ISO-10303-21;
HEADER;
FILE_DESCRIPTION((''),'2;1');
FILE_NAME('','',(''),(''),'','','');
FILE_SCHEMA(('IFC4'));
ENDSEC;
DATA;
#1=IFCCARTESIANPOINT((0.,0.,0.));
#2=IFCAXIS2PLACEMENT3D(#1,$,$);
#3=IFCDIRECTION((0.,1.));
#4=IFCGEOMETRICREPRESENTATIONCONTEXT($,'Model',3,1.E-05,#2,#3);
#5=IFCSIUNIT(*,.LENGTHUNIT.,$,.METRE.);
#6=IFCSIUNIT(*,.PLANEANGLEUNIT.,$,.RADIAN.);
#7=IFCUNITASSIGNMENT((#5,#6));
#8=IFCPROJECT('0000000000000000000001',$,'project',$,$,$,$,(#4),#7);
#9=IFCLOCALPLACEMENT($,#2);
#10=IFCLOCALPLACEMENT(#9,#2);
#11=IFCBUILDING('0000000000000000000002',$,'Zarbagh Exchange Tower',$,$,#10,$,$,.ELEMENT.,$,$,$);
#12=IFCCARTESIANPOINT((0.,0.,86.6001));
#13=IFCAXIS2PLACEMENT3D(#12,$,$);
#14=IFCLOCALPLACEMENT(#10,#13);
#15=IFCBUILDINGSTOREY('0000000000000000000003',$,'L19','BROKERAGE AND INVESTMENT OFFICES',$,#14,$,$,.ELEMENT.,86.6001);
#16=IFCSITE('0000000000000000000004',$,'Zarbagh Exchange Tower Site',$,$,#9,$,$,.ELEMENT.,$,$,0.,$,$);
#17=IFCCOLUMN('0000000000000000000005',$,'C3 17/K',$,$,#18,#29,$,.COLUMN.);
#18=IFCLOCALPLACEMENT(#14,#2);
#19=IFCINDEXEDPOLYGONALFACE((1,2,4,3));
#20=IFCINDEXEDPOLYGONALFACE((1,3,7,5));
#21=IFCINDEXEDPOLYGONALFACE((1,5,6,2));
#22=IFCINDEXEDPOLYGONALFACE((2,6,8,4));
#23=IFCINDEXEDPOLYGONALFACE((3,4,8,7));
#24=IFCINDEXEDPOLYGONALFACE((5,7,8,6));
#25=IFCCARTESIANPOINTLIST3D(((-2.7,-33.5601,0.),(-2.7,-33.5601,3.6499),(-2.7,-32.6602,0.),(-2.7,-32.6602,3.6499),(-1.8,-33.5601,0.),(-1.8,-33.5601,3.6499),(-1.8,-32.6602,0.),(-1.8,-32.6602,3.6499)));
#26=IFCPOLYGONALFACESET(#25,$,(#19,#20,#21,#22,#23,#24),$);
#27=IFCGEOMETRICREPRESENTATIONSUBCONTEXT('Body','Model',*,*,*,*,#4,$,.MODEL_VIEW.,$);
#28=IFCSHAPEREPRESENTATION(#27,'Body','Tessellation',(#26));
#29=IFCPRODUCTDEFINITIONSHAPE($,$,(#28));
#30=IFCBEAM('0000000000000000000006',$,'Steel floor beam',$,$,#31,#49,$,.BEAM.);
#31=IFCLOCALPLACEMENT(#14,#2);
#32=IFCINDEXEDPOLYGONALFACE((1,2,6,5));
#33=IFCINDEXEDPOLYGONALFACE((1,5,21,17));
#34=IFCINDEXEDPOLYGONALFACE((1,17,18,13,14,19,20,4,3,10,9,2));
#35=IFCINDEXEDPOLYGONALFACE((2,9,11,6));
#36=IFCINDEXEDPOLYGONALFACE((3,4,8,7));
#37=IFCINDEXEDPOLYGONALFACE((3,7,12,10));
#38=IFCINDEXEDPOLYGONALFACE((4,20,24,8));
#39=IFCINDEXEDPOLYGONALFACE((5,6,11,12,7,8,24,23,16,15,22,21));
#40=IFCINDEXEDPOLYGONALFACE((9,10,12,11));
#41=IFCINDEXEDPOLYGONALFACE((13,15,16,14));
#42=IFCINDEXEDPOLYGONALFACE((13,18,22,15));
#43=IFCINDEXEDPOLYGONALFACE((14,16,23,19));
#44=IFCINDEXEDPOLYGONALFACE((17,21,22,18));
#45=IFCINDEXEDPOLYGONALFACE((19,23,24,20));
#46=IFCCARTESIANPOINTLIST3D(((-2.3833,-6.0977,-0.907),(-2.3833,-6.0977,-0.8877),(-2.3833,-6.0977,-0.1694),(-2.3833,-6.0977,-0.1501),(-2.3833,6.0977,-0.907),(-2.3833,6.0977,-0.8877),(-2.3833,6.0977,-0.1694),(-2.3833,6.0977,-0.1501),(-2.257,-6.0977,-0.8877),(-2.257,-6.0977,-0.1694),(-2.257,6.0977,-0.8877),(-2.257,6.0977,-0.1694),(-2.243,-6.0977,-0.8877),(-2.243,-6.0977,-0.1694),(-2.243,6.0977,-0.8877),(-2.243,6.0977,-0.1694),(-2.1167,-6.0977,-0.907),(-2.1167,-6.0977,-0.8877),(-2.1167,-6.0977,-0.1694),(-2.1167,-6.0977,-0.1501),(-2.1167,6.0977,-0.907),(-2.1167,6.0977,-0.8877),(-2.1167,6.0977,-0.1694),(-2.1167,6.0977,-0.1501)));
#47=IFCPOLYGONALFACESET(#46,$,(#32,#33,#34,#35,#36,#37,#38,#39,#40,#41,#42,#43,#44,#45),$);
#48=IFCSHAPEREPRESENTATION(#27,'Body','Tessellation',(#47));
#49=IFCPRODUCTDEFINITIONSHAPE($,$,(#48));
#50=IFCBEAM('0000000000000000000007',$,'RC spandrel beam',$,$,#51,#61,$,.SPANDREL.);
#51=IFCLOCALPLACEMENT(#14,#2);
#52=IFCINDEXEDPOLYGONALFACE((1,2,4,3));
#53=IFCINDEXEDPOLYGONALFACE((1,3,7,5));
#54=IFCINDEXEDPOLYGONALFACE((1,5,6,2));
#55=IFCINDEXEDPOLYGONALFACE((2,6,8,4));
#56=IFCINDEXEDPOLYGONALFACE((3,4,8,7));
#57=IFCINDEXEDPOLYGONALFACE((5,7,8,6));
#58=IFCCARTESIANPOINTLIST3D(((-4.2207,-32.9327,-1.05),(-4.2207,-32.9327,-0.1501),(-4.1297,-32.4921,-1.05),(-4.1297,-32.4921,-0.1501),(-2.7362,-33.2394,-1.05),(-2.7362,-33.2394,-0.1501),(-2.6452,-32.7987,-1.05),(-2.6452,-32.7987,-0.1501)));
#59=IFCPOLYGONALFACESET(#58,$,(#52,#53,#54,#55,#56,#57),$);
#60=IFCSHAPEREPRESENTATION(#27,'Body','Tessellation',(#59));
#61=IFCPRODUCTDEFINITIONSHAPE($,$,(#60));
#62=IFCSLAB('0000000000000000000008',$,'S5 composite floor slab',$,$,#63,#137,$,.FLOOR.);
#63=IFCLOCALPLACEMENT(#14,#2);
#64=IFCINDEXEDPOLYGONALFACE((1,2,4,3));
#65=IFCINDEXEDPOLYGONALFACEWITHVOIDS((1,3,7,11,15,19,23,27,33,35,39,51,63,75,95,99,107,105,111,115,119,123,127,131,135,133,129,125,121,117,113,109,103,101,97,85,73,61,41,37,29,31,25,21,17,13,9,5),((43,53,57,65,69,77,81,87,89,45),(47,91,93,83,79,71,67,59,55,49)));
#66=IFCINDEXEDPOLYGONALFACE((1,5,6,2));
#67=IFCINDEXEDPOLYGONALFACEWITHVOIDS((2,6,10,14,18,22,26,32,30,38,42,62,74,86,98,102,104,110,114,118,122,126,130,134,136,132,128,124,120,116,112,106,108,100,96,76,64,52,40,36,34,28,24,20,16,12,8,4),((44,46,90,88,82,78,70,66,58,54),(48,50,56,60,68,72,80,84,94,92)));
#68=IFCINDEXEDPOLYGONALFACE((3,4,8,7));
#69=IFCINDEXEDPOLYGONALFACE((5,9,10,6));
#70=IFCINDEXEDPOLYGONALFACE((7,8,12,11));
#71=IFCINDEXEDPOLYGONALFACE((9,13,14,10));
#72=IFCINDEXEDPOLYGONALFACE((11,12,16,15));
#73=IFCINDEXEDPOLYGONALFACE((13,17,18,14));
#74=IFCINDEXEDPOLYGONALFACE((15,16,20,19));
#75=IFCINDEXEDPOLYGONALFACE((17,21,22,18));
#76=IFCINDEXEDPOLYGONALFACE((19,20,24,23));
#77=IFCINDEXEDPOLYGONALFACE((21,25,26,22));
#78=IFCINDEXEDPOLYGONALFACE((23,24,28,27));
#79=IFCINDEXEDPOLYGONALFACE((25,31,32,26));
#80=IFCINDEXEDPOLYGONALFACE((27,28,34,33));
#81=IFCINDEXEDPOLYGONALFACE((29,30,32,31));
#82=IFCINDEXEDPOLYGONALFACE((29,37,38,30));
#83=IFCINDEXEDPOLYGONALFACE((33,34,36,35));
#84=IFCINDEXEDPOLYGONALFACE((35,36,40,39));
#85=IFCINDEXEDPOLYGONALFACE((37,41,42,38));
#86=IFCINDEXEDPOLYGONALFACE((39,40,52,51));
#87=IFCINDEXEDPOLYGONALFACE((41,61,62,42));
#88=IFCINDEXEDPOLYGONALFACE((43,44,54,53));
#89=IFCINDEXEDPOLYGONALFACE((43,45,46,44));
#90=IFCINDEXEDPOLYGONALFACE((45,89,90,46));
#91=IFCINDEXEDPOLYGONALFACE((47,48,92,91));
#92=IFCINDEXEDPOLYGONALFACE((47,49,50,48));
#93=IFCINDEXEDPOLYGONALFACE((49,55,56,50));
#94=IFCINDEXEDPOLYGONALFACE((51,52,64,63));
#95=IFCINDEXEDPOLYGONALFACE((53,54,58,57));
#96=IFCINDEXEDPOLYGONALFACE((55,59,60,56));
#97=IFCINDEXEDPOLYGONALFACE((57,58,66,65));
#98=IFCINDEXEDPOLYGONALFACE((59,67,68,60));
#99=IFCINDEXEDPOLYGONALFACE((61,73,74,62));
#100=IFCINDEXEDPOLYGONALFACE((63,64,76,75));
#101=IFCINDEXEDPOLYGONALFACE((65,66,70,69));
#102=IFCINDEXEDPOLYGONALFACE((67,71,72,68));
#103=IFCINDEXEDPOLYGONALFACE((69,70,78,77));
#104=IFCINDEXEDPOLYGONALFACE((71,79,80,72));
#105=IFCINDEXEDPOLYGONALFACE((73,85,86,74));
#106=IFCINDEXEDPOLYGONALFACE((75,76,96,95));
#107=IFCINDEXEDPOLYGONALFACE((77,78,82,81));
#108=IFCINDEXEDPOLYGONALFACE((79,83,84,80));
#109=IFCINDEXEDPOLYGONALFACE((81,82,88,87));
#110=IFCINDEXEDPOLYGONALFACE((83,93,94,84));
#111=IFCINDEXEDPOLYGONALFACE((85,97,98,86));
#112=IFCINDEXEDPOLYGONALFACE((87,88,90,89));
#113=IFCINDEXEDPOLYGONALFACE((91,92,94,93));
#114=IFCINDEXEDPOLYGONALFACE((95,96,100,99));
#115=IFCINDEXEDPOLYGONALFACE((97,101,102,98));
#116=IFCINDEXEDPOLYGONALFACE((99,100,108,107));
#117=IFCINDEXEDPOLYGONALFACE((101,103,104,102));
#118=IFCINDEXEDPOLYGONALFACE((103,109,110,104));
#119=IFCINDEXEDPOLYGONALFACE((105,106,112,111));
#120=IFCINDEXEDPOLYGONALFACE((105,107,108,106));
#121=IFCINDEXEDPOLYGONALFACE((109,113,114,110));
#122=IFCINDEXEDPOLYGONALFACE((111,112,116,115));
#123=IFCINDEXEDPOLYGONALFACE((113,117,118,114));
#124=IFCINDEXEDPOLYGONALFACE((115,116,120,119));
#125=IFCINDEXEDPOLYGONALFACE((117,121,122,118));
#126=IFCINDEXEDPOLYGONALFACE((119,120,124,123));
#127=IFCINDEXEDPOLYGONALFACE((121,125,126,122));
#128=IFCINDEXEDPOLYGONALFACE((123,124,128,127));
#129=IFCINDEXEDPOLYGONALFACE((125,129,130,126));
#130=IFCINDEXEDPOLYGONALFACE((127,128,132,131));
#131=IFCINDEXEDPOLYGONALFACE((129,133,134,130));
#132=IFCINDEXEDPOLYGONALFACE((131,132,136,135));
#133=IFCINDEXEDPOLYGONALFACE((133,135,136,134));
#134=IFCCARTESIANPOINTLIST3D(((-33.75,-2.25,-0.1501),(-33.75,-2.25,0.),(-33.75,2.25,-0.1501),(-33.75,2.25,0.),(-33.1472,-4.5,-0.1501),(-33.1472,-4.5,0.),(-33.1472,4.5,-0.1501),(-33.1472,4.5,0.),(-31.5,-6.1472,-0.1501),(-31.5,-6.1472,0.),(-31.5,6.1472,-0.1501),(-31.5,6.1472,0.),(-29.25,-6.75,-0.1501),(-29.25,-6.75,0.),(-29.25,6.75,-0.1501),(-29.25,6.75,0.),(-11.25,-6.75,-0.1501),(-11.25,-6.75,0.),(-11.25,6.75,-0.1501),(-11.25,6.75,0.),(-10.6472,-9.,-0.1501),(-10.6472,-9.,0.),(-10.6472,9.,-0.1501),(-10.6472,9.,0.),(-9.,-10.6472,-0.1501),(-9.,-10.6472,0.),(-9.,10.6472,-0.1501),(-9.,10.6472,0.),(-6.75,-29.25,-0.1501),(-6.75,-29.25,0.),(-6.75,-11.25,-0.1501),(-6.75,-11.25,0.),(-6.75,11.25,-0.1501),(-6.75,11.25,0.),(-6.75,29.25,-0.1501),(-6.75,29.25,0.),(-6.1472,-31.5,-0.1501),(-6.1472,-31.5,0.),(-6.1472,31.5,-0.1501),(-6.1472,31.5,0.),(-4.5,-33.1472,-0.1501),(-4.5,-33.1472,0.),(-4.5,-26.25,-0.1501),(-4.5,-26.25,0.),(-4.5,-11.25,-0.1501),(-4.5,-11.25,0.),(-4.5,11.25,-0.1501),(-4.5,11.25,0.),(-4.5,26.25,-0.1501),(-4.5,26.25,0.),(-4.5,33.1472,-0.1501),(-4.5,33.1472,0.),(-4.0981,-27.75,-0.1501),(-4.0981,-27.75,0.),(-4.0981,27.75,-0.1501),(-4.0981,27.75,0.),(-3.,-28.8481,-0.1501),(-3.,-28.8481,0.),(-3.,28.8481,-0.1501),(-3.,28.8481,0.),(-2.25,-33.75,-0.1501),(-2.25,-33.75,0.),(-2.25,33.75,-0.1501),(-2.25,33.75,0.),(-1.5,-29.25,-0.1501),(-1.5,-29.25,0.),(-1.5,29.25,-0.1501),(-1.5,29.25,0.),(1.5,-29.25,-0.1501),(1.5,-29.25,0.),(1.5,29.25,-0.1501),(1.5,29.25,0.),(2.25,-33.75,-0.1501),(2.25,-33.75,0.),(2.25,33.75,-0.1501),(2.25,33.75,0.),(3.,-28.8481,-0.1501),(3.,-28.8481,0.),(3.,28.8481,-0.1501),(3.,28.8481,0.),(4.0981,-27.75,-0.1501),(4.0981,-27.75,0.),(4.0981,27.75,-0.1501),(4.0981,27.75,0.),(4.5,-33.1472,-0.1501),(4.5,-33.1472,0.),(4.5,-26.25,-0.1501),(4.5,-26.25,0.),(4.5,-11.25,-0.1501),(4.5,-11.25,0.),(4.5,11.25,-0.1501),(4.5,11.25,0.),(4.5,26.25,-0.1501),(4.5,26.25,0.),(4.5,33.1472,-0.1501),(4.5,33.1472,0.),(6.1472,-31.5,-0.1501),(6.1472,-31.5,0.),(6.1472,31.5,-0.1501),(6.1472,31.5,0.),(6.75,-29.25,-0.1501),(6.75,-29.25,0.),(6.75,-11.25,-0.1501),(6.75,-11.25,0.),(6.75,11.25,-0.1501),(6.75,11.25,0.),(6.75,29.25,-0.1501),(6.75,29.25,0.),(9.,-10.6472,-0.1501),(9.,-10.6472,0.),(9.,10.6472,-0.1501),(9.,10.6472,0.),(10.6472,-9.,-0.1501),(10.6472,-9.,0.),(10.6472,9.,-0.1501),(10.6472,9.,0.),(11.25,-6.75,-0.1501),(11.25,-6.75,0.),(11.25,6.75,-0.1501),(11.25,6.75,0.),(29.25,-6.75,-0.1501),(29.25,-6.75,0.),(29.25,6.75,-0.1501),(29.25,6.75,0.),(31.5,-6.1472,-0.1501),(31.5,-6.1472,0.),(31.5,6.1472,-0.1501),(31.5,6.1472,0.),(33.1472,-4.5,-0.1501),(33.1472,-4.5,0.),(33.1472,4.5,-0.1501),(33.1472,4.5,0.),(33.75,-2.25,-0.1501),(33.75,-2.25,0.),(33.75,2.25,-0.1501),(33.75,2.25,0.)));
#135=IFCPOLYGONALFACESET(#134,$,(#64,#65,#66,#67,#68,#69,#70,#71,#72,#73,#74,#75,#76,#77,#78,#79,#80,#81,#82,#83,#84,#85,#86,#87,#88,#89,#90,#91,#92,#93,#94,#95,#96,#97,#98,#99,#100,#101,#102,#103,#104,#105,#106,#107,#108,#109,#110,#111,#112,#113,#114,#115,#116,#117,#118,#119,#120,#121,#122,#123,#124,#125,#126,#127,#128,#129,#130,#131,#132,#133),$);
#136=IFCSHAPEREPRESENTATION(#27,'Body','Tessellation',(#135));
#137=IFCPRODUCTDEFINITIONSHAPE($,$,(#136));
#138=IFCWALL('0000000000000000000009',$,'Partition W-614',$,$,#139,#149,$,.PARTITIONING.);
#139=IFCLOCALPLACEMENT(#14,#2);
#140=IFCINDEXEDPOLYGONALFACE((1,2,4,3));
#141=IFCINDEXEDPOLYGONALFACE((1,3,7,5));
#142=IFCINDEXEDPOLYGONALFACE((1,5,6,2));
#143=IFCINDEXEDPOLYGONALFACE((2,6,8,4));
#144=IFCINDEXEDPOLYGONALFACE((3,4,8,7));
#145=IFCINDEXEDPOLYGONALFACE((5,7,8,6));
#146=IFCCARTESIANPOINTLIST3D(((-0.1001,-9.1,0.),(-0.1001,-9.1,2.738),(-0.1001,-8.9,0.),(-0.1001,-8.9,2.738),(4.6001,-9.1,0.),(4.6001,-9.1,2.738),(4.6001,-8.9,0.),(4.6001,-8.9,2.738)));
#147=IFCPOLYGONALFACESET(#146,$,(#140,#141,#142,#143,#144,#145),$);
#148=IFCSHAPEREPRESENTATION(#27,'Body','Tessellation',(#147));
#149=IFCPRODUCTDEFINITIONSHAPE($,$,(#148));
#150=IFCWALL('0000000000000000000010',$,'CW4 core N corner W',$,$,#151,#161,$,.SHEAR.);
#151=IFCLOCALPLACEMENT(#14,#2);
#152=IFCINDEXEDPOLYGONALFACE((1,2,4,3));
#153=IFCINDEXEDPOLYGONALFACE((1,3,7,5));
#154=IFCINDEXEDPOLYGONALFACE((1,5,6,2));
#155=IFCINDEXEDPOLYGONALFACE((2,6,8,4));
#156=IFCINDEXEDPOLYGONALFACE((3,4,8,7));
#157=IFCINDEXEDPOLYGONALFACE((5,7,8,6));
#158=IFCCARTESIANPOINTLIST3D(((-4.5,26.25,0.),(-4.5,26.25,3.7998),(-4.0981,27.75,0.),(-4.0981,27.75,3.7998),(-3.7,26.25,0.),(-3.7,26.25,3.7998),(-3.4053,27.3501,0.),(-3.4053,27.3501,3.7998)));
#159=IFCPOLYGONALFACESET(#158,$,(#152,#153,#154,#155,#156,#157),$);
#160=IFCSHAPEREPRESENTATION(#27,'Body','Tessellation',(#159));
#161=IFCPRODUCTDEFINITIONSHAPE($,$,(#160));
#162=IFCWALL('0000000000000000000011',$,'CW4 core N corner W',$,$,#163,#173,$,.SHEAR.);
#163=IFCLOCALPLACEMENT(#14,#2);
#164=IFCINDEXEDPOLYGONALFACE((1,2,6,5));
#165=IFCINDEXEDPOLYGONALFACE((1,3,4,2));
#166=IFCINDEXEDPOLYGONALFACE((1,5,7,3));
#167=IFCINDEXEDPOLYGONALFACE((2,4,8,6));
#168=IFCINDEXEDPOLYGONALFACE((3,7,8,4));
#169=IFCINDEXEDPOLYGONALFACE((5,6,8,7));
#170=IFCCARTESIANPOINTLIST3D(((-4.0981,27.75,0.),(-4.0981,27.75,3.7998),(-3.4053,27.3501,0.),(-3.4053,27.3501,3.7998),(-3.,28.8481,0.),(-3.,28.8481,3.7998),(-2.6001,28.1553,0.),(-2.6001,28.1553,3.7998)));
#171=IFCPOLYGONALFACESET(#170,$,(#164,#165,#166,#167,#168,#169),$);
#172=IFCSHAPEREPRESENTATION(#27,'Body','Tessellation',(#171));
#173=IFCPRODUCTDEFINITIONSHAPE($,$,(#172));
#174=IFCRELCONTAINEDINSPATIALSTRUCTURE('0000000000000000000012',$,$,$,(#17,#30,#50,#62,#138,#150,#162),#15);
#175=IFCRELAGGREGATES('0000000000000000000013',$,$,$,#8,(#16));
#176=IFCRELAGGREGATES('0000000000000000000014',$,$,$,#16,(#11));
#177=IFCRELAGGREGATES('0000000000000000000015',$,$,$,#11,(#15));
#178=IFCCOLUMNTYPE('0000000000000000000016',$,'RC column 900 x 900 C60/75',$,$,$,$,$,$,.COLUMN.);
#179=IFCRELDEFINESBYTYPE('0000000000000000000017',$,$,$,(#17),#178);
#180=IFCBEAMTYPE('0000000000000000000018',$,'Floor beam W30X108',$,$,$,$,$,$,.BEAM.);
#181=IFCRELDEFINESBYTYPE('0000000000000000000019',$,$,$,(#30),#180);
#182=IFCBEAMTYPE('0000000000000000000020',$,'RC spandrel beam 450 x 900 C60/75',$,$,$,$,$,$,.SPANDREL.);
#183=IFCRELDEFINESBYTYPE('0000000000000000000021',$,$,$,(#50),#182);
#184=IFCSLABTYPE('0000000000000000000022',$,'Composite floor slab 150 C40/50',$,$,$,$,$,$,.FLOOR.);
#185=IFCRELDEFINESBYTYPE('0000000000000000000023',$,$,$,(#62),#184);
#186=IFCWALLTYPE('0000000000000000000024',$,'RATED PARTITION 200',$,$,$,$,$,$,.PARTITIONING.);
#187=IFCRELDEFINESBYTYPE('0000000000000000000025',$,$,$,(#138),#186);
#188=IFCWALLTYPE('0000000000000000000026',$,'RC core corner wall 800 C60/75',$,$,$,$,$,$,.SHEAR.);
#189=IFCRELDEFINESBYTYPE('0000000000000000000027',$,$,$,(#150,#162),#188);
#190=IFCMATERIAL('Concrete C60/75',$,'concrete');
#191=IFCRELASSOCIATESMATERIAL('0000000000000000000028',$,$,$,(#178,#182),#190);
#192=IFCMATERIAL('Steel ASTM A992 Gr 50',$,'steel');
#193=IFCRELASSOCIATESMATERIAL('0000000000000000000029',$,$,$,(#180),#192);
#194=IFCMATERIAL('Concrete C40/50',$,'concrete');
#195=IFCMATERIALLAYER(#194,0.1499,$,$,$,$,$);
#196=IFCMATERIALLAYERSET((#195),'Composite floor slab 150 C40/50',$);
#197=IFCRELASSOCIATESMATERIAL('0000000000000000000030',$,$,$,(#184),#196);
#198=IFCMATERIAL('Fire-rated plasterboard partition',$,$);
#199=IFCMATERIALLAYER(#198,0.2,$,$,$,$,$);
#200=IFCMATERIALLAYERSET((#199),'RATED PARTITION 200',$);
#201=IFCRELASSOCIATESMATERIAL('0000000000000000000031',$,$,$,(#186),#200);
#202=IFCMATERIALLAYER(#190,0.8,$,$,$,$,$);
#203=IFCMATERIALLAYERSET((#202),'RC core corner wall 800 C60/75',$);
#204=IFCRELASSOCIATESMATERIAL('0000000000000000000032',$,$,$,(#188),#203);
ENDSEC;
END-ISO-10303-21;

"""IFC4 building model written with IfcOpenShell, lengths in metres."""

from ifc_helpers import new_model, si_unit, direction, frame, frame_2d, origin, origin_2d, place, context, subcontext, project, spatial, polyline, rectangle, i_section, outline, extrude, material, layer, layer_set, material_profile, profile_set, type_object, element, save


model = new_model("IFC4")

# Units and contexts
model_context = context("Model", 3, precision=1e-05, world=origin(), true_north=direction((0.0, 1.0)))
body_context = subcontext(model_context, "Body", "Model", "MODEL_VIEW")
ifc_project = project(units=[si_unit("LENGTHUNIT", "METRE"), si_unit("PLANEANGLEUNIT", "RADIAN")], contexts=[model_context])

# Site, building, storey
site_placement = place(None, origin())
site = spatial("IfcSite", under=ifc_project, at=site_placement, Name="Zarbagh Exchange Tower Site", CompositionType="ELEMENT", RefElevation=0.0)
building_placement = place(site_placement, origin())
building = spatial("IfcBuilding", under=site, at=building_placement, Name="Zarbagh Exchange Tower", CompositionType="ELEMENT")
storey_placement = place(building_placement, frame((0.0, 0.0, 86.6001)))
storey = spatial("IfcBuildingStorey", under=building, at=storey_placement, Name="L19", Description="BROKERAGE AND INVESTMENT OFFICES", CompositionType="ELEMENT", Elevation=86.6001)

# Column
ifc_material_1 = material(Name="Concrete C60/75", Category="concrete")
ifc_material_profile_1 = material_profile(ifc_material_1, rectangle(XDim=0.8999, YDim=0.8999, at=origin_2d()), Name="RC column 900 x 900 C60/75")
ifc_profile_set_1 = profile_set([ifc_material_profile_1], Name="Concrete C60/75")
column_type = type_object("IfcColumnType", Name="RC column 900 x 900 C60/75", PredefinedType="COLUMN", material=ifc_profile_set_1)
column_placement = place(storey_placement, frame((-2.25, -33.1101, 0.0), z_axis=(0.0, 0.0, 1.0), x_axis=(1.0, 0.0, 0.0)))
element("IfcColumn", 1, at=column_placement, inside=storey, type_object=column_type, Name="C3 17/K", PredefinedType="COLUMN", context=body_context, shape_type="SweptSolid", body=[
    extrude(rectangle(XDim=0.8999, YDim=0.8999, at=origin_2d()), origin(), (0.0, 0.0, 1.0), 3.6499),
])

# Beams
ifc_material_2 = material(Name="Steel ASTM A992 Gr 50", Category="steel")
ifc_material_profile_2 = material_profile(ifc_material_2, i_section(OverallWidth=0.2666, OverallDepth=0.7568, WebThickness=0.0139, FlangeThickness=0.0193, at=origin_2d()), Name="W30X108")
ifc_profile_set_2 = profile_set([ifc_material_profile_2], Name="Steel ASTM A992 Gr 50")
beam_type_1 = type_object("IfcBeamType", Name="Floor beam W30X108", PredefinedType="BEAM", material=ifc_profile_set_2)
beam_1_placement = place(storey_placement, frame((-2.25, -6.0977, -0.5286), z_axis=(0.0, 1.0, 0.0), x_axis=(-1.0, 0.0, 0.0)))
element("IfcBeam", 2, at=beam_1_placement, inside=storey, type_object=beam_type_1, Name="Steel floor beam", PredefinedType="BEAM", context=body_context, shape_type="SweptSolid", body=[
    extrude(i_section(OverallWidth=0.2666, OverallDepth=0.7568, WebThickness=0.0139, FlangeThickness=0.0193, at=origin_2d()), origin(), (0.0, 0.0, 1.0), 12.1953),
])
ifc_material_profile_3 = material_profile(ifc_material_1, rectangle(XDim=0.45, YDim=0.8999, at=origin_2d()), Name="RC spandrel beam 450 x 900 C60/75")
ifc_profile_set_3 = profile_set([ifc_material_profile_3], Name="Concrete C60/75")
beam_type_2 = type_object("IfcBeamType", Name="RC spandrel beam 450 x 900 C60/75", PredefinedType="SPANDREL", material=ifc_profile_set_3)
beam_2_placement = place(storey_placement, frame((-2.6907, -33.019, -0.6001), z_axis=(-0.979329, 0.202275, 0.0), x_axis=(-0.202275, -0.979329, 0.0)))
element("IfcBeam", 3, at=beam_2_placement, inside=storey, type_object=beam_type_2, Name="RC spandrel beam", PredefinedType="SPANDREL", context=body_context, shape_type="SweptSolid", body=[
    extrude(rectangle(XDim=0.45, YDim=0.8999, at=origin_2d()), origin(), (0.0, 0.0, 1.0), 1.5159),
])

# Slab
ifc_material_3 = material(Name="Concrete C40/50", Category="concrete")
ifc_layer_1 = layer(ifc_material_3, 0.1499)
ifc_layer_set_1 = layer_set([ifc_layer_1], Name="Composite floor slab 150 C40/50")
slab_type = type_object("IfcSlabType", Name="Composite floor slab 150 C40/50", PredefinedType="FLOOR", material=ifc_layer_set_1)
slab_placement = place(storey_placement, frame((0.0, 0.0, -0.1501)))
element("IfcSlab", 4, at=slab_placement, inside=storey, type_object=slab_type, Name="S5 composite floor slab", PredefinedType="FLOOR", context=body_context, shape_type="SweptSolid", body=[
    extrude(outline(polyline([(-2.25, -33.75), (-4.5, -33.1472), (-6.1472, -31.5), (-6.75, -29.25), (-6.75, -11.25), (-9.0, -10.6472), (-10.6472, -9.0), (-11.25, -6.75), (-29.25, -6.75), (-31.5, -6.1472), (-33.1472, -4.5), (-33.75, -2.25), (-33.75, 2.25), (-33.1472, 4.5), (-31.5, 6.1472), (-29.25, 6.75), (-11.25, 6.75), (-10.6472, 9.0), (-9.0, 10.6472), (-6.75, 11.25), (-6.75, 29.25), (-6.1472, 31.5), (-4.5, 33.1472), (-2.25, 33.75), (2.25, 33.75), (4.5, 33.1472), (6.1472, 31.5), (6.75, 29.25), (6.75, 11.25), (9.0, 10.6472), (10.6472, 9.0), (11.25, 6.75), (29.25, 6.75), (31.5, 6.1472), (33.1472, 4.5), (33.75, 2.25), (33.75, -2.25), (33.1472, -4.5), (31.5, -6.1472), (29.25, -6.75), (11.25, -6.75), (10.6472, -9.0), (9.0, -10.6472), (6.75, -11.25), (6.75, -29.25), (6.1472, -31.5), (4.5, -33.1472), (2.25, -33.75), (-2.25, -33.75)]), holes=[polyline([(4.5, 11.25), (4.5, 26.25), (4.0981, 27.75), (3.0, 28.8481), (1.5, 29.25), (-1.5, 29.25), (-3.0, 28.8481), (-4.0981, 27.75), (-4.5, 26.25), (-4.5, 11.25), (4.5, 11.25)]), polyline([(-1.5, -29.25), (1.5, -29.25), (3.0, -28.8481), (4.0981, -27.75), (4.5, -26.25), (4.5, -11.25), (-4.5, -11.25), (-4.5, -26.25), (-4.0981, -27.75), (-3.0, -28.8481), (-1.5, -29.25)])]), origin(), (0.0, 0.0, 1.0), 0.1501),
])

# Walls
ifc_material_4 = material(Name="Fire-rated plasterboard partition")
ifc_layer_2 = layer(ifc_material_4, 0.2)
ifc_layer_set_2 = layer_set([ifc_layer_2], Name="RATED PARTITION 200")
wall_type_1 = type_object("IfcWallType", Name="RATED PARTITION 200", PredefinedType="PARTITIONING", material=ifc_layer_set_2)
wall_1_placement = place(storey_placement, frame((-0.1001, -9.0, 0.0), z_axis=(0.0, 0.0, 1.0), x_axis=(1.0, 0.0, 0.0)))
element("IfcWall", 5, at=wall_1_placement, inside=storey, type_object=wall_type_1, Name="Partition W-614", PredefinedType="PARTITIONING", context=body_context, shape_type="SweptSolid", body=[
    extrude(rectangle(XDim=4.7002, YDim=0.2, at=frame_2d((2.3501, 0.0))), origin(), (0.0, 0.0, 1.0), 2.738),
])
ifc_layer_3 = layer(ifc_material_1, 0.8)
ifc_layer_set_3 = layer_set([ifc_layer_3], Name="RC core corner wall 800 C60/75")
wall_type_2 = type_object("IfcWallType", Name="RC core corner wall 800 C60/75", PredefinedType="SHEAR", material=ifc_layer_set_3)
wall_2_placement = place(storey_placement, origin())
element("IfcWall", 6, at=wall_2_placement, inside=storey, type_object=wall_type_2, Name="CW4 core N corner W", PredefinedType="SHEAR", context=body_context, shape_type="SweptSolid", body=[
    extrude(outline(polyline([(-4.5, 26.25), (-4.0981, 27.75), (-3.4053, 27.3501), (-3.7, 26.25), (-4.5, 26.25)])), origin(), (0.0, 0.0, 1.0), 3.7998),
])
wall_3_placement = place(storey_placement, origin())
element("IfcWall", 7, at=wall_3_placement, inside=storey, type_object=wall_type_2, Name="CW4 core N corner W", PredefinedType="SHEAR", context=body_context, shape_type="SweptSolid", body=[
    extrude(outline(polyline([(-4.0981, 27.75), (-3.0, 28.8481), (-2.6001, 28.1553), (-3.4053, 27.3501), (-4.0981, 27.75)])), origin(), (0.0, 0.0, 1.0), 3.7998),
])

save(model, "model.ifc")
